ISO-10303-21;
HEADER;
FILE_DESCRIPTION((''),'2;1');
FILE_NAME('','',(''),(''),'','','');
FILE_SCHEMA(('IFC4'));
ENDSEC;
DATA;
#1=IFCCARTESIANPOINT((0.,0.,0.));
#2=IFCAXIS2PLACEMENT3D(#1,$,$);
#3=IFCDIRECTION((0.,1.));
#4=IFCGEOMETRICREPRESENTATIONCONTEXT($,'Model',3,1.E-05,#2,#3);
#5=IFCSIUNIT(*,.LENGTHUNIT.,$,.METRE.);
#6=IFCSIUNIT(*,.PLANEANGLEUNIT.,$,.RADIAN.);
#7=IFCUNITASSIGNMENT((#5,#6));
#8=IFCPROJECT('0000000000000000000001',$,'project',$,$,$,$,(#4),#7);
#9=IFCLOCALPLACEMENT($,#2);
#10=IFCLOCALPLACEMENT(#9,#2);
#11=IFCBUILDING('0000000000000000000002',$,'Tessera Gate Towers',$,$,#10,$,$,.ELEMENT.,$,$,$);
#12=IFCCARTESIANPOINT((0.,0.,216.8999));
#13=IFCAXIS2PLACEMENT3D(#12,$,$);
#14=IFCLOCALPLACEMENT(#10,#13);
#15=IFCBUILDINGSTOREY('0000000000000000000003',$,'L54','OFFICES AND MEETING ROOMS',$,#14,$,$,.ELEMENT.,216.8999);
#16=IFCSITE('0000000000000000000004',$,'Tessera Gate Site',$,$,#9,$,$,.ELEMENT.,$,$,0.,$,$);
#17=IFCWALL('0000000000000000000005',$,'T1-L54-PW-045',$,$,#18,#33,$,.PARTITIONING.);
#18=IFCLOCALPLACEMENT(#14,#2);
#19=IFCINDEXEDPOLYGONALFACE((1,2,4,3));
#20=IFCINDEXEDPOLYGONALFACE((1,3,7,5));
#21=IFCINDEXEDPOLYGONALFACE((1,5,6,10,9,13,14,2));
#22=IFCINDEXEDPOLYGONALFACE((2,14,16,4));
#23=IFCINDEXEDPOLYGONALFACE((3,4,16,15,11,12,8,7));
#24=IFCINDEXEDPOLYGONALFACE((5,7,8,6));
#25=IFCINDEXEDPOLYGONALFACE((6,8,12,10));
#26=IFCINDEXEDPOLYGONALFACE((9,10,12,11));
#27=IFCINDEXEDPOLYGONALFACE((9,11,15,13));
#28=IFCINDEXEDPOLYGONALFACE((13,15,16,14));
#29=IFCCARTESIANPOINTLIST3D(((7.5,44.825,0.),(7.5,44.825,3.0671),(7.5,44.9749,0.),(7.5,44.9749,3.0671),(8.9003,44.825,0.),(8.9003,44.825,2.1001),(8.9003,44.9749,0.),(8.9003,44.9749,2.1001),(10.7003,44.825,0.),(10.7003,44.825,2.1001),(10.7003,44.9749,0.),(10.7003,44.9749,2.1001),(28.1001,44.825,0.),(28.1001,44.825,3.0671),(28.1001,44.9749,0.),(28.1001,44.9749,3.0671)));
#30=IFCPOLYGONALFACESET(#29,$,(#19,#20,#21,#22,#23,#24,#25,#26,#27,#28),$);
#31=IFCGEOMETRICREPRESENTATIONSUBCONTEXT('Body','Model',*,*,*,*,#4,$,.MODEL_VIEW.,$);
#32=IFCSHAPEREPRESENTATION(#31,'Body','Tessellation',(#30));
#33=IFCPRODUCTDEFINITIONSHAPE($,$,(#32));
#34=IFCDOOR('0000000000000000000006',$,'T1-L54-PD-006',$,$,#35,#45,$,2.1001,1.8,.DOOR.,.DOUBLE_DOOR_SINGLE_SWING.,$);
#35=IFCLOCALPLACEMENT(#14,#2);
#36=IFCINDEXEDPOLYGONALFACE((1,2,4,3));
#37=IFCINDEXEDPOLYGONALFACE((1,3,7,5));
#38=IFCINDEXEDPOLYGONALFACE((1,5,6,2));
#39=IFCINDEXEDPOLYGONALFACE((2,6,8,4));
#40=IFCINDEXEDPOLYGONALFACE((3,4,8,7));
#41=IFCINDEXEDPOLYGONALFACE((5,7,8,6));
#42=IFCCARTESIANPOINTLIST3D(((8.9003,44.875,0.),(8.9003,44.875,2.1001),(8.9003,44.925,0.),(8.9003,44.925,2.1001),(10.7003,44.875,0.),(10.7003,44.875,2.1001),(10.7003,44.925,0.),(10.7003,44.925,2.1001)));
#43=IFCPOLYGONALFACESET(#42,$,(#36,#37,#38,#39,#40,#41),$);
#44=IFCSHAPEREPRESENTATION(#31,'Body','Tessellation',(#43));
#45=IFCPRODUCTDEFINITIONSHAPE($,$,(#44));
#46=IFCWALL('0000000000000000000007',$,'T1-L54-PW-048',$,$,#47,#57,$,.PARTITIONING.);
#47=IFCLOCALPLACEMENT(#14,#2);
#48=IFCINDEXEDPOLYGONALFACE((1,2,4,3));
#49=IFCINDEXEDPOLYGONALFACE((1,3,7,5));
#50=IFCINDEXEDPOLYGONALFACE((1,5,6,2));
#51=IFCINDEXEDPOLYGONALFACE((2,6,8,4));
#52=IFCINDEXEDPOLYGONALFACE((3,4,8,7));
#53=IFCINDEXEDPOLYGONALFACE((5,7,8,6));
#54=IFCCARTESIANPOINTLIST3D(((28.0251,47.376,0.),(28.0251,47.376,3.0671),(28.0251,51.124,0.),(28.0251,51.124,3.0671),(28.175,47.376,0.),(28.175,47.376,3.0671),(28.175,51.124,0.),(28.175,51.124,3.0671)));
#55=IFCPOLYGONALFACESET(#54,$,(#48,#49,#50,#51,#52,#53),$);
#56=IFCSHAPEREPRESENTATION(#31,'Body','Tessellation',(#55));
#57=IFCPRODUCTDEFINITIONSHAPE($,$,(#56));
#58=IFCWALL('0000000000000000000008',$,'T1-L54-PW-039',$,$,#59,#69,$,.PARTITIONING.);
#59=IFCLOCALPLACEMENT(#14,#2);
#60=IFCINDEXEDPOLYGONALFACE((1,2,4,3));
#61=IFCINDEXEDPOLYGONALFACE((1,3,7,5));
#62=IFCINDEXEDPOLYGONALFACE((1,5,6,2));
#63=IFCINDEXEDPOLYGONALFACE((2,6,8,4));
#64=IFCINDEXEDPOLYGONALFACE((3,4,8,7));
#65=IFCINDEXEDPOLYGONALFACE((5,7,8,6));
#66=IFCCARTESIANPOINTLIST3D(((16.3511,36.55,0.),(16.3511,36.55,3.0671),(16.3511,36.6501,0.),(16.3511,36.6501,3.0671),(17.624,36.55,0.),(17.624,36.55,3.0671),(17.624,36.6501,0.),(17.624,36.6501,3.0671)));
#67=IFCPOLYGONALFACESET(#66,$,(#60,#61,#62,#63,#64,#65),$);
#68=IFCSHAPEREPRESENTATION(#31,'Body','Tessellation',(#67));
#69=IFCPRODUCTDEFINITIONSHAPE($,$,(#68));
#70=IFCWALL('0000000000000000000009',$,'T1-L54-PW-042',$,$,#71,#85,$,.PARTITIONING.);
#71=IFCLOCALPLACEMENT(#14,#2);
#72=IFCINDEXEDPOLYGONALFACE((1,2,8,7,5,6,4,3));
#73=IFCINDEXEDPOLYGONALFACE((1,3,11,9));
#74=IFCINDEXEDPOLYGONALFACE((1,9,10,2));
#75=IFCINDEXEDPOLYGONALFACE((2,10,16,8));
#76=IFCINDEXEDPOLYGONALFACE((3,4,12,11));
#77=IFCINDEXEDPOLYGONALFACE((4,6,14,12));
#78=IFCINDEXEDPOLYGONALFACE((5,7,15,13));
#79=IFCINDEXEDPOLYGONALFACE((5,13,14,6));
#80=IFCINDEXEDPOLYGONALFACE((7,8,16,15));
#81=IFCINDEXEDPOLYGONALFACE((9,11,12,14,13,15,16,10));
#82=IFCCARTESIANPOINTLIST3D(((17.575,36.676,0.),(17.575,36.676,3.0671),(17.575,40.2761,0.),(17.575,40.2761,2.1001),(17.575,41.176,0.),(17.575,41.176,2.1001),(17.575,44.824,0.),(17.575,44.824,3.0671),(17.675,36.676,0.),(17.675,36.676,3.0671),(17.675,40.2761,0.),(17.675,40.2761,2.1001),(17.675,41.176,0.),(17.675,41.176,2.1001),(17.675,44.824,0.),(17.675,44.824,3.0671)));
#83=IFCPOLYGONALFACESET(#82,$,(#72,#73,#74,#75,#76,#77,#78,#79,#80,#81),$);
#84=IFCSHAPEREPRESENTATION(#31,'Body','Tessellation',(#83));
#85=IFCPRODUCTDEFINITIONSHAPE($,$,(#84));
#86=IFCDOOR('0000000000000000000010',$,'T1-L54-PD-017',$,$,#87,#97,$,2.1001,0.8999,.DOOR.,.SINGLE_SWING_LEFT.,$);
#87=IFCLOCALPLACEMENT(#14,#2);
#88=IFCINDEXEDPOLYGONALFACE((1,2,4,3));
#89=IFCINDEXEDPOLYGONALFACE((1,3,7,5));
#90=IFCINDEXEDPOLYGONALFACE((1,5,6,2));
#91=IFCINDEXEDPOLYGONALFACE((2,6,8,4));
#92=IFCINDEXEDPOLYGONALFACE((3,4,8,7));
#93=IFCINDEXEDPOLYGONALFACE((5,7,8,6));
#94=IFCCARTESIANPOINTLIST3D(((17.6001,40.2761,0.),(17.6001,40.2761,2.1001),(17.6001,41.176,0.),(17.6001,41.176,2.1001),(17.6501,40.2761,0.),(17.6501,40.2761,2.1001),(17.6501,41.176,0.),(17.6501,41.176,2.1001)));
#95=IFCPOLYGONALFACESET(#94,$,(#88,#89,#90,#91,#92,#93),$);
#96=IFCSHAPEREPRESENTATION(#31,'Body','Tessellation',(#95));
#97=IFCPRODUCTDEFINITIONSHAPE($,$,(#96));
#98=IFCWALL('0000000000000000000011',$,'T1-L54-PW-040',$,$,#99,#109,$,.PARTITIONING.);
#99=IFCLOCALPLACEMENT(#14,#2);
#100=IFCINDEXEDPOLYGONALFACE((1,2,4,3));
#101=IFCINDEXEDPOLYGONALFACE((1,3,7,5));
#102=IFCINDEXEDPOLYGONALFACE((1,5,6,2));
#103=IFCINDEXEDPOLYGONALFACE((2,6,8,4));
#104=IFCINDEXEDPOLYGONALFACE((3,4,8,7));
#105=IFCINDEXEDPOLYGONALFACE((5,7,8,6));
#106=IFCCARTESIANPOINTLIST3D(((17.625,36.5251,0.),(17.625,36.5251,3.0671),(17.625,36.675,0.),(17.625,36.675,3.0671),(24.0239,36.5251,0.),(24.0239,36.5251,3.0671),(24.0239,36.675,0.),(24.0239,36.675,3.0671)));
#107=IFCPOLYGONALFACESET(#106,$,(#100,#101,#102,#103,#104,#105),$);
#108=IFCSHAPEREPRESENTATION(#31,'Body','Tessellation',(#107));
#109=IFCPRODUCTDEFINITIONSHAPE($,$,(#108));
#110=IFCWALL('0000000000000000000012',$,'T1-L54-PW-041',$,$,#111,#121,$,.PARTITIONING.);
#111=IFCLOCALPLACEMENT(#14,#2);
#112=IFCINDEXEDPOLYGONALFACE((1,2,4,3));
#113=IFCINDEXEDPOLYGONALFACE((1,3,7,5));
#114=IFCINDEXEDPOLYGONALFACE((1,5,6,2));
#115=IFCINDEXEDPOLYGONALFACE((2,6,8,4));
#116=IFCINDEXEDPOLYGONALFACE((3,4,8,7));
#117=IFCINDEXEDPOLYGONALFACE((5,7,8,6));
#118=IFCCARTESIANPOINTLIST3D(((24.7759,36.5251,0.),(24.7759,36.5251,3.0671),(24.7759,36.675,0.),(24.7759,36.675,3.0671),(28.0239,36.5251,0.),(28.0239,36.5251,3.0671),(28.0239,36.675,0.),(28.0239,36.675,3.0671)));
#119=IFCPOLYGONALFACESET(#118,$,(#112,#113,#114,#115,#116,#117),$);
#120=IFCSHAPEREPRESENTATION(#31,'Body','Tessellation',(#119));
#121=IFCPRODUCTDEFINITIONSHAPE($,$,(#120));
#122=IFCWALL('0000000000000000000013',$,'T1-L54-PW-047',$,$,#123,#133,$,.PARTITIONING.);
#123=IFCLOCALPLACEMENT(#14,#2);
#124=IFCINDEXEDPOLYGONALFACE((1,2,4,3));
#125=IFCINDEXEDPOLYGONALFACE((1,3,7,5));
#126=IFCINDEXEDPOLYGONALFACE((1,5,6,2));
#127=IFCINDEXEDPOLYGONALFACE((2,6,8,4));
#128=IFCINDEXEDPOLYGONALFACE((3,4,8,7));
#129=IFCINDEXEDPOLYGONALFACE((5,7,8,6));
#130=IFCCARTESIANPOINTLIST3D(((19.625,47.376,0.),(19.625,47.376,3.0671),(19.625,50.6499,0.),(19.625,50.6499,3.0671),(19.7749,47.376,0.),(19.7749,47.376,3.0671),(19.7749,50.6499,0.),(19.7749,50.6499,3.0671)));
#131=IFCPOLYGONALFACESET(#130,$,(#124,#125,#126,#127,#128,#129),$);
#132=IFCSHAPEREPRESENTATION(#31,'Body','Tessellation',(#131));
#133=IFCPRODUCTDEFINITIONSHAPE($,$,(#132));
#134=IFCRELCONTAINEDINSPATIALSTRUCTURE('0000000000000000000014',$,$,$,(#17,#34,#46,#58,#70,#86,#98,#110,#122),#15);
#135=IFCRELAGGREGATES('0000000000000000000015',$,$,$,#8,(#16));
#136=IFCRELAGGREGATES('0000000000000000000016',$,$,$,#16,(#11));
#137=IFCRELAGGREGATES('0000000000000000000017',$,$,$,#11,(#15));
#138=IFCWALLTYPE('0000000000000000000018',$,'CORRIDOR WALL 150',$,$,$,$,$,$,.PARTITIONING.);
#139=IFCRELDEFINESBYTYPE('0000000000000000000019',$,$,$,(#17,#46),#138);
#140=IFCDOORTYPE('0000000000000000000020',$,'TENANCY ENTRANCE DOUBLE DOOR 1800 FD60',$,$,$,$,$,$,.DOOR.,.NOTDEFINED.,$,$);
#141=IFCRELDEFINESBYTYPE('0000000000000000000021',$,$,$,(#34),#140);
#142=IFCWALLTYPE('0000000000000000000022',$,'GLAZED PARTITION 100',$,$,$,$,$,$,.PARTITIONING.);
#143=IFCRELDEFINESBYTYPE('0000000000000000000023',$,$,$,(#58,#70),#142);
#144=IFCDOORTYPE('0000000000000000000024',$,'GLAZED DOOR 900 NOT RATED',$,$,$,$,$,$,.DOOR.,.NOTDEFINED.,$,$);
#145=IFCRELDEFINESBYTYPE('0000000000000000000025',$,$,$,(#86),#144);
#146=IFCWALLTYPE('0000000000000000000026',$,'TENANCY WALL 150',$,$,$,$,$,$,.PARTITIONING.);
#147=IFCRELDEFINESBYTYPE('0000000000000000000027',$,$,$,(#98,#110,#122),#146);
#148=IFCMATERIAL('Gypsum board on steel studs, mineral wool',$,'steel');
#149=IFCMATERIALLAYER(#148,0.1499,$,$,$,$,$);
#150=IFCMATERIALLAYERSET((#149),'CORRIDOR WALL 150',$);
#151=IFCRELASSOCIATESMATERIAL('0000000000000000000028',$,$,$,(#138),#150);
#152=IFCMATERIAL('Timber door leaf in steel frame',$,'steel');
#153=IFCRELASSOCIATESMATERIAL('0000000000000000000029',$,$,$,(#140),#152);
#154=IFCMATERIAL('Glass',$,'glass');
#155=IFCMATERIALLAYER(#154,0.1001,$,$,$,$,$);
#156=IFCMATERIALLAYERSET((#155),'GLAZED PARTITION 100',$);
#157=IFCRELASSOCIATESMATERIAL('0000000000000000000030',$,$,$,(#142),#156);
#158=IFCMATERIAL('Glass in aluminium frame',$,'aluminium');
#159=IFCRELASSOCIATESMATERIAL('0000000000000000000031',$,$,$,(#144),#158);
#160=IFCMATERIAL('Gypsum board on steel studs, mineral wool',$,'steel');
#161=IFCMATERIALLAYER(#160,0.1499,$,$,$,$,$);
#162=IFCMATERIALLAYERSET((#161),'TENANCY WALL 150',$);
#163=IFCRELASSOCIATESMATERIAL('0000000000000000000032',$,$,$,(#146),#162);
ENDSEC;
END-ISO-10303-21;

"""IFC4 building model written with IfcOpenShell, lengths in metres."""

from ifc_helpers import new_model, si_unit, direction, frame, frame_2d, origin, place, context, subcontext, project, spatial, rectangle, extrude, source, transform, mapped, material, layer, layer_set, type_object, element, fill, save


model = new_model("IFC4")

# Units and contexts
model_context = context("Model", 3, precision=1e-05, world=origin(), true_north=direction((0.0, 1.0)))
body_context = subcontext(model_context, "Body", "Model", "MODEL_VIEW")
ifc_project = project(units=[si_unit("LENGTHUNIT", "METRE"), si_unit("PLANEANGLEUNIT", "RADIAN")], contexts=[model_context])

# Site, building, storey
site_placement = place(None, origin())
site = spatial("IfcSite", under=ifc_project, at=site_placement, Name="Tessera Gate Site", CompositionType="ELEMENT", RefElevation=0.0)
building_placement = place(site_placement, origin())
building = spatial("IfcBuilding", under=site, at=building_placement, Name="Tessera Gate Towers", CompositionType="ELEMENT")
storey_placement = place(building_placement, frame((0.0, 0.0, 216.8999)))
storey = spatial("IfcBuildingStorey", under=building, at=storey_placement, Name="L54", Description="OFFICES AND MEETING ROOMS", CompositionType="ELEMENT", Elevation=216.8999)

# Shared definitions
shared_shape_1 = source(origin(), body_context, "Body", "SweptSolid", [
    extrude(rectangle(XDim=0.8999, YDim=2.1001, at=frame_2d((0.45, 1.05))), frame((0.0, 0.0249, 0.0), z_axis=(0.0, -1.0, 0.0), x_axis=(1.0, 0.0, 0.0)), (0.0, 0.0, 1.0), 0.05),
])

# Wall, opening, door
ifc_material_1 = material(Name="Gypsum board on steel studs, mineral wool", Category="steel")
ifc_layer_1 = layer(ifc_material_1, 0.1499)
ifc_layer_set_1 = layer_set([ifc_layer_1], Name="CORRIDOR WALL 150")
wall_type_1 = type_object("IfcWallType", Name="CORRIDOR WALL 150", PredefinedType="PARTITIONING", material=ifc_layer_set_1)
wall_1_placement = place(storey_placement, frame((28.1001, 44.8999, 0.0), z_axis=(0.0, 0.0, 1.0), x_axis=(-1.0, 0.0, 0.0)))
wall_1 = element("IfcWall", 1, at=wall_1_placement, inside=storey, type_object=wall_type_1, Name="T1-L54-PW-045", PredefinedType="PARTITIONING", context=body_context, shape_type="SweptSolid", body=[
    extrude(rectangle(XDim=20.6001, YDim=0.1499, at=frame_2d((10.3, 0.0))), origin(), (0.0, 0.0, 1.0), 3.0671),
])
shared_shape_2 = source(origin(), body_context, "Body", "SweptSolid", [
    extrude(rectangle(XDim=1.8, YDim=2.1001, at=frame_2d((0.8999, 1.05))), frame((0.0, 0.085, 0.0), z_axis=(0.0, -1.0, 0.0), x_axis=(1.0, 0.0, 0.0)), (0.0, 0.0, 1.0), 0.1699),
])
opening_1_placement = place(wall_1_placement, frame((17.3999, 0.0, 0.0)))
opening_1 = element("IfcOpeningElement", 2, at=opening_1_placement, cuts=wall_1, PredefinedType="OPENING", context=body_context, shape_type="MappedRepresentation", body=[
    mapped(shared_shape_2, transform((0.0, 0.0, 0.0), scale=1.0)),
])
ifc_material_2 = material(Name="Timber door leaf in steel frame", Category="steel")
door_type_1 = type_object("IfcDoorType", Name="TENANCY ENTRANCE DOUBLE DOOR 1800 FD60", OperationType="NOTDEFINED", PredefinedType="DOOR", material=ifc_material_2)
shared_shape_3 = source(origin(), body_context, "Body", "SweptSolid", [
    extrude(rectangle(XDim=1.8, YDim=2.1001, at=frame_2d((0.8999, 1.05))), frame((0.0, 0.0249, 0.0), z_axis=(0.0, -1.0, 0.0), x_axis=(1.0, 0.0, 0.0)), (0.0, 0.0, 1.0), 0.05),
])
door_1_placement = place(opening_1_placement, origin())
door_1 = element("IfcDoor", 3, at=door_1_placement, inside=storey, type_object=door_type_1, Name="T1-L54-PD-006", OperationType="DOUBLE_DOOR_SINGLE_SWING", OverallHeight=2.1001, OverallWidth=1.8, PredefinedType="DOOR", context=body_context, shape_type="MappedRepresentation", body=[
    mapped(shared_shape_3, transform((0.0, 0.0, 0.0), scale=1.0)),
])
fill(opening_1, door_1)

# Walls
wall_2_placement = place(storey_placement, frame((28.1001, 47.376, 0.0), z_axis=(0.0, 0.0, 1.0), x_axis=(0.0, 1.0, 0.0)))
element("IfcWall", 4, at=wall_2_placement, inside=storey, type_object=wall_type_1, Name="T1-L54-PW-048", PredefinedType="PARTITIONING", context=body_context, shape_type="SweptSolid", body=[
    extrude(rectangle(XDim=3.748, YDim=0.1499, at=frame_2d((1.874, 0.0))), origin(), (0.0, 0.0, 1.0), 3.0671),
])
ifc_material_3 = material(Name="Glass", Category="glass")
ifc_layer_2 = layer(ifc_material_3, 0.1001)
ifc_layer_set_2 = layer_set([ifc_layer_2], Name="GLAZED PARTITION 100")
wall_type_2 = type_object("IfcWallType", Name="GLAZED PARTITION 100", PredefinedType="PARTITIONING", material=ifc_layer_set_2)
wall_3_placement = place(storey_placement, frame((16.3511, 36.6001, 0.0), z_axis=(0.0, 0.0, 1.0), x_axis=(1.0, 0.0, 0.0)))
element("IfcWall", 5, at=wall_3_placement, inside=storey, type_object=wall_type_2, Name="T1-L54-PW-039", PredefinedType="PARTITIONING", context=body_context, shape_type="SweptSolid", body=[
    extrude(rectangle(XDim=1.2729, YDim=0.1001, at=frame_2d((0.6365, 0.0))), origin(), (0.0, 0.0, 1.0), 3.0671),
])

# Wall, opening, door
wall_4_placement = place(storey_placement, frame((17.625, 36.676, 0.0), z_axis=(0.0, 0.0, 1.0), x_axis=(0.0, 1.0, 0.0)))
wall_4 = element("IfcWall", 6, at=wall_4_placement, inside=storey, type_object=wall_type_2, Name="T1-L54-PW-042", PredefinedType="PARTITIONING", context=body_context, shape_type="SweptSolid", body=[
    extrude(rectangle(XDim=8.1479, YDim=0.1001, at=frame_2d((4.074, 0.0))), origin(), (0.0, 0.0, 1.0), 3.0671),
])
shared_shape_4 = source(origin(), body_context, "Body", "SweptSolid", [
    extrude(rectangle(XDim=0.8999, YDim=2.1001, at=frame_2d((0.45, 1.05))), frame((0.0, 0.0601, 0.0), z_axis=(0.0, -1.0, 0.0), x_axis=(1.0, 0.0, 0.0)), (0.0, 0.0, 1.0), 0.1201),
])
opening_2_placement = place(wall_4_placement, frame((3.6001, 0.0, 0.0)))
opening_2 = element("IfcOpeningElement", 7, at=opening_2_placement, cuts=wall_4, PredefinedType="OPENING", context=body_context, shape_type="MappedRepresentation", body=[
    mapped(shared_shape_4, transform((0.0, 0.0, 0.0), scale=1.0)),
])
ifc_material_4 = material(Name="Glass in aluminium frame", Category="aluminium")
door_type_2 = type_object("IfcDoorType", Name="GLAZED DOOR 900 NOT RATED", OperationType="NOTDEFINED", PredefinedType="DOOR", material=ifc_material_4)
door_2_placement = place(opening_2_placement, origin())
door_2 = element("IfcDoor", 8, at=door_2_placement, inside=storey, type_object=door_type_2, Name="T1-L54-PD-017", OperationType="SINGLE_SWING_LEFT", OverallHeight=2.1001, OverallWidth=0.8999, PredefinedType="DOOR", context=body_context, shape_type="MappedRepresentation", body=[
    mapped(shared_shape_1, transform((0.0, 0.0, 0.0), scale=1.0)),
])
fill(opening_2, door_2)

# Walls
ifc_material_5 = material(Name="Gypsum board on steel studs, mineral wool", Category="steel")
ifc_layer_3 = layer(ifc_material_5, 0.1499)
ifc_layer_set_3 = layer_set([ifc_layer_3], Name="TENANCY WALL 150")
wall_type_3 = type_object("IfcWallType", Name="TENANCY WALL 150", PredefinedType="PARTITIONING", material=ifc_layer_set_3)
wall_5_placement = place(storey_placement, frame((17.625, 36.6001, 0.0), z_axis=(0.0, 0.0, 1.0), x_axis=(1.0, 0.0, 0.0)))
element("IfcWall", 9, at=wall_5_placement, inside=storey, type_object=wall_type_3, Name="T1-L54-PW-040", PredefinedType="PARTITIONING", context=body_context, shape_type="SweptSolid", body=[
    extrude(rectangle(XDim=6.3989, YDim=0.1499, at=frame_2d((3.1995, 0.0))), origin(), (0.0, 0.0, 1.0), 3.0671),
])
wall_6_placement = place(storey_placement, frame((24.7759, 36.6001, 0.0), z_axis=(0.0, 0.0, 1.0), x_axis=(1.0, 0.0, 0.0)))
element("IfcWall", 10, at=wall_6_placement, inside=storey, type_object=wall_type_3, Name="T1-L54-PW-041", PredefinedType="PARTITIONING", context=body_context, shape_type="SweptSolid", body=[
    extrude(rectangle(XDim=3.248, YDim=0.1499, at=frame_2d((1.624, 0.0))), origin(), (0.0, 0.0, 1.0), 3.0671),
])
wall_7_placement = place(storey_placement, frame((19.7, 47.376, 0.0), z_axis=(0.0, 0.0, 1.0), x_axis=(0.0, 1.0, 0.0)))
element("IfcWall", 11, at=wall_7_placement, inside=storey, type_object=wall_type_3, Name="T1-L54-PW-047", PredefinedType="PARTITIONING", context=body_context, shape_type="SweptSolid", body=[
    extrude(rectangle(XDim=3.2739, YDim=0.1499, at=frame_2d((1.637, 0.0))), origin(), (0.0, 0.0, 1.0), 3.0671),
])

save(model, "model.ifc")
